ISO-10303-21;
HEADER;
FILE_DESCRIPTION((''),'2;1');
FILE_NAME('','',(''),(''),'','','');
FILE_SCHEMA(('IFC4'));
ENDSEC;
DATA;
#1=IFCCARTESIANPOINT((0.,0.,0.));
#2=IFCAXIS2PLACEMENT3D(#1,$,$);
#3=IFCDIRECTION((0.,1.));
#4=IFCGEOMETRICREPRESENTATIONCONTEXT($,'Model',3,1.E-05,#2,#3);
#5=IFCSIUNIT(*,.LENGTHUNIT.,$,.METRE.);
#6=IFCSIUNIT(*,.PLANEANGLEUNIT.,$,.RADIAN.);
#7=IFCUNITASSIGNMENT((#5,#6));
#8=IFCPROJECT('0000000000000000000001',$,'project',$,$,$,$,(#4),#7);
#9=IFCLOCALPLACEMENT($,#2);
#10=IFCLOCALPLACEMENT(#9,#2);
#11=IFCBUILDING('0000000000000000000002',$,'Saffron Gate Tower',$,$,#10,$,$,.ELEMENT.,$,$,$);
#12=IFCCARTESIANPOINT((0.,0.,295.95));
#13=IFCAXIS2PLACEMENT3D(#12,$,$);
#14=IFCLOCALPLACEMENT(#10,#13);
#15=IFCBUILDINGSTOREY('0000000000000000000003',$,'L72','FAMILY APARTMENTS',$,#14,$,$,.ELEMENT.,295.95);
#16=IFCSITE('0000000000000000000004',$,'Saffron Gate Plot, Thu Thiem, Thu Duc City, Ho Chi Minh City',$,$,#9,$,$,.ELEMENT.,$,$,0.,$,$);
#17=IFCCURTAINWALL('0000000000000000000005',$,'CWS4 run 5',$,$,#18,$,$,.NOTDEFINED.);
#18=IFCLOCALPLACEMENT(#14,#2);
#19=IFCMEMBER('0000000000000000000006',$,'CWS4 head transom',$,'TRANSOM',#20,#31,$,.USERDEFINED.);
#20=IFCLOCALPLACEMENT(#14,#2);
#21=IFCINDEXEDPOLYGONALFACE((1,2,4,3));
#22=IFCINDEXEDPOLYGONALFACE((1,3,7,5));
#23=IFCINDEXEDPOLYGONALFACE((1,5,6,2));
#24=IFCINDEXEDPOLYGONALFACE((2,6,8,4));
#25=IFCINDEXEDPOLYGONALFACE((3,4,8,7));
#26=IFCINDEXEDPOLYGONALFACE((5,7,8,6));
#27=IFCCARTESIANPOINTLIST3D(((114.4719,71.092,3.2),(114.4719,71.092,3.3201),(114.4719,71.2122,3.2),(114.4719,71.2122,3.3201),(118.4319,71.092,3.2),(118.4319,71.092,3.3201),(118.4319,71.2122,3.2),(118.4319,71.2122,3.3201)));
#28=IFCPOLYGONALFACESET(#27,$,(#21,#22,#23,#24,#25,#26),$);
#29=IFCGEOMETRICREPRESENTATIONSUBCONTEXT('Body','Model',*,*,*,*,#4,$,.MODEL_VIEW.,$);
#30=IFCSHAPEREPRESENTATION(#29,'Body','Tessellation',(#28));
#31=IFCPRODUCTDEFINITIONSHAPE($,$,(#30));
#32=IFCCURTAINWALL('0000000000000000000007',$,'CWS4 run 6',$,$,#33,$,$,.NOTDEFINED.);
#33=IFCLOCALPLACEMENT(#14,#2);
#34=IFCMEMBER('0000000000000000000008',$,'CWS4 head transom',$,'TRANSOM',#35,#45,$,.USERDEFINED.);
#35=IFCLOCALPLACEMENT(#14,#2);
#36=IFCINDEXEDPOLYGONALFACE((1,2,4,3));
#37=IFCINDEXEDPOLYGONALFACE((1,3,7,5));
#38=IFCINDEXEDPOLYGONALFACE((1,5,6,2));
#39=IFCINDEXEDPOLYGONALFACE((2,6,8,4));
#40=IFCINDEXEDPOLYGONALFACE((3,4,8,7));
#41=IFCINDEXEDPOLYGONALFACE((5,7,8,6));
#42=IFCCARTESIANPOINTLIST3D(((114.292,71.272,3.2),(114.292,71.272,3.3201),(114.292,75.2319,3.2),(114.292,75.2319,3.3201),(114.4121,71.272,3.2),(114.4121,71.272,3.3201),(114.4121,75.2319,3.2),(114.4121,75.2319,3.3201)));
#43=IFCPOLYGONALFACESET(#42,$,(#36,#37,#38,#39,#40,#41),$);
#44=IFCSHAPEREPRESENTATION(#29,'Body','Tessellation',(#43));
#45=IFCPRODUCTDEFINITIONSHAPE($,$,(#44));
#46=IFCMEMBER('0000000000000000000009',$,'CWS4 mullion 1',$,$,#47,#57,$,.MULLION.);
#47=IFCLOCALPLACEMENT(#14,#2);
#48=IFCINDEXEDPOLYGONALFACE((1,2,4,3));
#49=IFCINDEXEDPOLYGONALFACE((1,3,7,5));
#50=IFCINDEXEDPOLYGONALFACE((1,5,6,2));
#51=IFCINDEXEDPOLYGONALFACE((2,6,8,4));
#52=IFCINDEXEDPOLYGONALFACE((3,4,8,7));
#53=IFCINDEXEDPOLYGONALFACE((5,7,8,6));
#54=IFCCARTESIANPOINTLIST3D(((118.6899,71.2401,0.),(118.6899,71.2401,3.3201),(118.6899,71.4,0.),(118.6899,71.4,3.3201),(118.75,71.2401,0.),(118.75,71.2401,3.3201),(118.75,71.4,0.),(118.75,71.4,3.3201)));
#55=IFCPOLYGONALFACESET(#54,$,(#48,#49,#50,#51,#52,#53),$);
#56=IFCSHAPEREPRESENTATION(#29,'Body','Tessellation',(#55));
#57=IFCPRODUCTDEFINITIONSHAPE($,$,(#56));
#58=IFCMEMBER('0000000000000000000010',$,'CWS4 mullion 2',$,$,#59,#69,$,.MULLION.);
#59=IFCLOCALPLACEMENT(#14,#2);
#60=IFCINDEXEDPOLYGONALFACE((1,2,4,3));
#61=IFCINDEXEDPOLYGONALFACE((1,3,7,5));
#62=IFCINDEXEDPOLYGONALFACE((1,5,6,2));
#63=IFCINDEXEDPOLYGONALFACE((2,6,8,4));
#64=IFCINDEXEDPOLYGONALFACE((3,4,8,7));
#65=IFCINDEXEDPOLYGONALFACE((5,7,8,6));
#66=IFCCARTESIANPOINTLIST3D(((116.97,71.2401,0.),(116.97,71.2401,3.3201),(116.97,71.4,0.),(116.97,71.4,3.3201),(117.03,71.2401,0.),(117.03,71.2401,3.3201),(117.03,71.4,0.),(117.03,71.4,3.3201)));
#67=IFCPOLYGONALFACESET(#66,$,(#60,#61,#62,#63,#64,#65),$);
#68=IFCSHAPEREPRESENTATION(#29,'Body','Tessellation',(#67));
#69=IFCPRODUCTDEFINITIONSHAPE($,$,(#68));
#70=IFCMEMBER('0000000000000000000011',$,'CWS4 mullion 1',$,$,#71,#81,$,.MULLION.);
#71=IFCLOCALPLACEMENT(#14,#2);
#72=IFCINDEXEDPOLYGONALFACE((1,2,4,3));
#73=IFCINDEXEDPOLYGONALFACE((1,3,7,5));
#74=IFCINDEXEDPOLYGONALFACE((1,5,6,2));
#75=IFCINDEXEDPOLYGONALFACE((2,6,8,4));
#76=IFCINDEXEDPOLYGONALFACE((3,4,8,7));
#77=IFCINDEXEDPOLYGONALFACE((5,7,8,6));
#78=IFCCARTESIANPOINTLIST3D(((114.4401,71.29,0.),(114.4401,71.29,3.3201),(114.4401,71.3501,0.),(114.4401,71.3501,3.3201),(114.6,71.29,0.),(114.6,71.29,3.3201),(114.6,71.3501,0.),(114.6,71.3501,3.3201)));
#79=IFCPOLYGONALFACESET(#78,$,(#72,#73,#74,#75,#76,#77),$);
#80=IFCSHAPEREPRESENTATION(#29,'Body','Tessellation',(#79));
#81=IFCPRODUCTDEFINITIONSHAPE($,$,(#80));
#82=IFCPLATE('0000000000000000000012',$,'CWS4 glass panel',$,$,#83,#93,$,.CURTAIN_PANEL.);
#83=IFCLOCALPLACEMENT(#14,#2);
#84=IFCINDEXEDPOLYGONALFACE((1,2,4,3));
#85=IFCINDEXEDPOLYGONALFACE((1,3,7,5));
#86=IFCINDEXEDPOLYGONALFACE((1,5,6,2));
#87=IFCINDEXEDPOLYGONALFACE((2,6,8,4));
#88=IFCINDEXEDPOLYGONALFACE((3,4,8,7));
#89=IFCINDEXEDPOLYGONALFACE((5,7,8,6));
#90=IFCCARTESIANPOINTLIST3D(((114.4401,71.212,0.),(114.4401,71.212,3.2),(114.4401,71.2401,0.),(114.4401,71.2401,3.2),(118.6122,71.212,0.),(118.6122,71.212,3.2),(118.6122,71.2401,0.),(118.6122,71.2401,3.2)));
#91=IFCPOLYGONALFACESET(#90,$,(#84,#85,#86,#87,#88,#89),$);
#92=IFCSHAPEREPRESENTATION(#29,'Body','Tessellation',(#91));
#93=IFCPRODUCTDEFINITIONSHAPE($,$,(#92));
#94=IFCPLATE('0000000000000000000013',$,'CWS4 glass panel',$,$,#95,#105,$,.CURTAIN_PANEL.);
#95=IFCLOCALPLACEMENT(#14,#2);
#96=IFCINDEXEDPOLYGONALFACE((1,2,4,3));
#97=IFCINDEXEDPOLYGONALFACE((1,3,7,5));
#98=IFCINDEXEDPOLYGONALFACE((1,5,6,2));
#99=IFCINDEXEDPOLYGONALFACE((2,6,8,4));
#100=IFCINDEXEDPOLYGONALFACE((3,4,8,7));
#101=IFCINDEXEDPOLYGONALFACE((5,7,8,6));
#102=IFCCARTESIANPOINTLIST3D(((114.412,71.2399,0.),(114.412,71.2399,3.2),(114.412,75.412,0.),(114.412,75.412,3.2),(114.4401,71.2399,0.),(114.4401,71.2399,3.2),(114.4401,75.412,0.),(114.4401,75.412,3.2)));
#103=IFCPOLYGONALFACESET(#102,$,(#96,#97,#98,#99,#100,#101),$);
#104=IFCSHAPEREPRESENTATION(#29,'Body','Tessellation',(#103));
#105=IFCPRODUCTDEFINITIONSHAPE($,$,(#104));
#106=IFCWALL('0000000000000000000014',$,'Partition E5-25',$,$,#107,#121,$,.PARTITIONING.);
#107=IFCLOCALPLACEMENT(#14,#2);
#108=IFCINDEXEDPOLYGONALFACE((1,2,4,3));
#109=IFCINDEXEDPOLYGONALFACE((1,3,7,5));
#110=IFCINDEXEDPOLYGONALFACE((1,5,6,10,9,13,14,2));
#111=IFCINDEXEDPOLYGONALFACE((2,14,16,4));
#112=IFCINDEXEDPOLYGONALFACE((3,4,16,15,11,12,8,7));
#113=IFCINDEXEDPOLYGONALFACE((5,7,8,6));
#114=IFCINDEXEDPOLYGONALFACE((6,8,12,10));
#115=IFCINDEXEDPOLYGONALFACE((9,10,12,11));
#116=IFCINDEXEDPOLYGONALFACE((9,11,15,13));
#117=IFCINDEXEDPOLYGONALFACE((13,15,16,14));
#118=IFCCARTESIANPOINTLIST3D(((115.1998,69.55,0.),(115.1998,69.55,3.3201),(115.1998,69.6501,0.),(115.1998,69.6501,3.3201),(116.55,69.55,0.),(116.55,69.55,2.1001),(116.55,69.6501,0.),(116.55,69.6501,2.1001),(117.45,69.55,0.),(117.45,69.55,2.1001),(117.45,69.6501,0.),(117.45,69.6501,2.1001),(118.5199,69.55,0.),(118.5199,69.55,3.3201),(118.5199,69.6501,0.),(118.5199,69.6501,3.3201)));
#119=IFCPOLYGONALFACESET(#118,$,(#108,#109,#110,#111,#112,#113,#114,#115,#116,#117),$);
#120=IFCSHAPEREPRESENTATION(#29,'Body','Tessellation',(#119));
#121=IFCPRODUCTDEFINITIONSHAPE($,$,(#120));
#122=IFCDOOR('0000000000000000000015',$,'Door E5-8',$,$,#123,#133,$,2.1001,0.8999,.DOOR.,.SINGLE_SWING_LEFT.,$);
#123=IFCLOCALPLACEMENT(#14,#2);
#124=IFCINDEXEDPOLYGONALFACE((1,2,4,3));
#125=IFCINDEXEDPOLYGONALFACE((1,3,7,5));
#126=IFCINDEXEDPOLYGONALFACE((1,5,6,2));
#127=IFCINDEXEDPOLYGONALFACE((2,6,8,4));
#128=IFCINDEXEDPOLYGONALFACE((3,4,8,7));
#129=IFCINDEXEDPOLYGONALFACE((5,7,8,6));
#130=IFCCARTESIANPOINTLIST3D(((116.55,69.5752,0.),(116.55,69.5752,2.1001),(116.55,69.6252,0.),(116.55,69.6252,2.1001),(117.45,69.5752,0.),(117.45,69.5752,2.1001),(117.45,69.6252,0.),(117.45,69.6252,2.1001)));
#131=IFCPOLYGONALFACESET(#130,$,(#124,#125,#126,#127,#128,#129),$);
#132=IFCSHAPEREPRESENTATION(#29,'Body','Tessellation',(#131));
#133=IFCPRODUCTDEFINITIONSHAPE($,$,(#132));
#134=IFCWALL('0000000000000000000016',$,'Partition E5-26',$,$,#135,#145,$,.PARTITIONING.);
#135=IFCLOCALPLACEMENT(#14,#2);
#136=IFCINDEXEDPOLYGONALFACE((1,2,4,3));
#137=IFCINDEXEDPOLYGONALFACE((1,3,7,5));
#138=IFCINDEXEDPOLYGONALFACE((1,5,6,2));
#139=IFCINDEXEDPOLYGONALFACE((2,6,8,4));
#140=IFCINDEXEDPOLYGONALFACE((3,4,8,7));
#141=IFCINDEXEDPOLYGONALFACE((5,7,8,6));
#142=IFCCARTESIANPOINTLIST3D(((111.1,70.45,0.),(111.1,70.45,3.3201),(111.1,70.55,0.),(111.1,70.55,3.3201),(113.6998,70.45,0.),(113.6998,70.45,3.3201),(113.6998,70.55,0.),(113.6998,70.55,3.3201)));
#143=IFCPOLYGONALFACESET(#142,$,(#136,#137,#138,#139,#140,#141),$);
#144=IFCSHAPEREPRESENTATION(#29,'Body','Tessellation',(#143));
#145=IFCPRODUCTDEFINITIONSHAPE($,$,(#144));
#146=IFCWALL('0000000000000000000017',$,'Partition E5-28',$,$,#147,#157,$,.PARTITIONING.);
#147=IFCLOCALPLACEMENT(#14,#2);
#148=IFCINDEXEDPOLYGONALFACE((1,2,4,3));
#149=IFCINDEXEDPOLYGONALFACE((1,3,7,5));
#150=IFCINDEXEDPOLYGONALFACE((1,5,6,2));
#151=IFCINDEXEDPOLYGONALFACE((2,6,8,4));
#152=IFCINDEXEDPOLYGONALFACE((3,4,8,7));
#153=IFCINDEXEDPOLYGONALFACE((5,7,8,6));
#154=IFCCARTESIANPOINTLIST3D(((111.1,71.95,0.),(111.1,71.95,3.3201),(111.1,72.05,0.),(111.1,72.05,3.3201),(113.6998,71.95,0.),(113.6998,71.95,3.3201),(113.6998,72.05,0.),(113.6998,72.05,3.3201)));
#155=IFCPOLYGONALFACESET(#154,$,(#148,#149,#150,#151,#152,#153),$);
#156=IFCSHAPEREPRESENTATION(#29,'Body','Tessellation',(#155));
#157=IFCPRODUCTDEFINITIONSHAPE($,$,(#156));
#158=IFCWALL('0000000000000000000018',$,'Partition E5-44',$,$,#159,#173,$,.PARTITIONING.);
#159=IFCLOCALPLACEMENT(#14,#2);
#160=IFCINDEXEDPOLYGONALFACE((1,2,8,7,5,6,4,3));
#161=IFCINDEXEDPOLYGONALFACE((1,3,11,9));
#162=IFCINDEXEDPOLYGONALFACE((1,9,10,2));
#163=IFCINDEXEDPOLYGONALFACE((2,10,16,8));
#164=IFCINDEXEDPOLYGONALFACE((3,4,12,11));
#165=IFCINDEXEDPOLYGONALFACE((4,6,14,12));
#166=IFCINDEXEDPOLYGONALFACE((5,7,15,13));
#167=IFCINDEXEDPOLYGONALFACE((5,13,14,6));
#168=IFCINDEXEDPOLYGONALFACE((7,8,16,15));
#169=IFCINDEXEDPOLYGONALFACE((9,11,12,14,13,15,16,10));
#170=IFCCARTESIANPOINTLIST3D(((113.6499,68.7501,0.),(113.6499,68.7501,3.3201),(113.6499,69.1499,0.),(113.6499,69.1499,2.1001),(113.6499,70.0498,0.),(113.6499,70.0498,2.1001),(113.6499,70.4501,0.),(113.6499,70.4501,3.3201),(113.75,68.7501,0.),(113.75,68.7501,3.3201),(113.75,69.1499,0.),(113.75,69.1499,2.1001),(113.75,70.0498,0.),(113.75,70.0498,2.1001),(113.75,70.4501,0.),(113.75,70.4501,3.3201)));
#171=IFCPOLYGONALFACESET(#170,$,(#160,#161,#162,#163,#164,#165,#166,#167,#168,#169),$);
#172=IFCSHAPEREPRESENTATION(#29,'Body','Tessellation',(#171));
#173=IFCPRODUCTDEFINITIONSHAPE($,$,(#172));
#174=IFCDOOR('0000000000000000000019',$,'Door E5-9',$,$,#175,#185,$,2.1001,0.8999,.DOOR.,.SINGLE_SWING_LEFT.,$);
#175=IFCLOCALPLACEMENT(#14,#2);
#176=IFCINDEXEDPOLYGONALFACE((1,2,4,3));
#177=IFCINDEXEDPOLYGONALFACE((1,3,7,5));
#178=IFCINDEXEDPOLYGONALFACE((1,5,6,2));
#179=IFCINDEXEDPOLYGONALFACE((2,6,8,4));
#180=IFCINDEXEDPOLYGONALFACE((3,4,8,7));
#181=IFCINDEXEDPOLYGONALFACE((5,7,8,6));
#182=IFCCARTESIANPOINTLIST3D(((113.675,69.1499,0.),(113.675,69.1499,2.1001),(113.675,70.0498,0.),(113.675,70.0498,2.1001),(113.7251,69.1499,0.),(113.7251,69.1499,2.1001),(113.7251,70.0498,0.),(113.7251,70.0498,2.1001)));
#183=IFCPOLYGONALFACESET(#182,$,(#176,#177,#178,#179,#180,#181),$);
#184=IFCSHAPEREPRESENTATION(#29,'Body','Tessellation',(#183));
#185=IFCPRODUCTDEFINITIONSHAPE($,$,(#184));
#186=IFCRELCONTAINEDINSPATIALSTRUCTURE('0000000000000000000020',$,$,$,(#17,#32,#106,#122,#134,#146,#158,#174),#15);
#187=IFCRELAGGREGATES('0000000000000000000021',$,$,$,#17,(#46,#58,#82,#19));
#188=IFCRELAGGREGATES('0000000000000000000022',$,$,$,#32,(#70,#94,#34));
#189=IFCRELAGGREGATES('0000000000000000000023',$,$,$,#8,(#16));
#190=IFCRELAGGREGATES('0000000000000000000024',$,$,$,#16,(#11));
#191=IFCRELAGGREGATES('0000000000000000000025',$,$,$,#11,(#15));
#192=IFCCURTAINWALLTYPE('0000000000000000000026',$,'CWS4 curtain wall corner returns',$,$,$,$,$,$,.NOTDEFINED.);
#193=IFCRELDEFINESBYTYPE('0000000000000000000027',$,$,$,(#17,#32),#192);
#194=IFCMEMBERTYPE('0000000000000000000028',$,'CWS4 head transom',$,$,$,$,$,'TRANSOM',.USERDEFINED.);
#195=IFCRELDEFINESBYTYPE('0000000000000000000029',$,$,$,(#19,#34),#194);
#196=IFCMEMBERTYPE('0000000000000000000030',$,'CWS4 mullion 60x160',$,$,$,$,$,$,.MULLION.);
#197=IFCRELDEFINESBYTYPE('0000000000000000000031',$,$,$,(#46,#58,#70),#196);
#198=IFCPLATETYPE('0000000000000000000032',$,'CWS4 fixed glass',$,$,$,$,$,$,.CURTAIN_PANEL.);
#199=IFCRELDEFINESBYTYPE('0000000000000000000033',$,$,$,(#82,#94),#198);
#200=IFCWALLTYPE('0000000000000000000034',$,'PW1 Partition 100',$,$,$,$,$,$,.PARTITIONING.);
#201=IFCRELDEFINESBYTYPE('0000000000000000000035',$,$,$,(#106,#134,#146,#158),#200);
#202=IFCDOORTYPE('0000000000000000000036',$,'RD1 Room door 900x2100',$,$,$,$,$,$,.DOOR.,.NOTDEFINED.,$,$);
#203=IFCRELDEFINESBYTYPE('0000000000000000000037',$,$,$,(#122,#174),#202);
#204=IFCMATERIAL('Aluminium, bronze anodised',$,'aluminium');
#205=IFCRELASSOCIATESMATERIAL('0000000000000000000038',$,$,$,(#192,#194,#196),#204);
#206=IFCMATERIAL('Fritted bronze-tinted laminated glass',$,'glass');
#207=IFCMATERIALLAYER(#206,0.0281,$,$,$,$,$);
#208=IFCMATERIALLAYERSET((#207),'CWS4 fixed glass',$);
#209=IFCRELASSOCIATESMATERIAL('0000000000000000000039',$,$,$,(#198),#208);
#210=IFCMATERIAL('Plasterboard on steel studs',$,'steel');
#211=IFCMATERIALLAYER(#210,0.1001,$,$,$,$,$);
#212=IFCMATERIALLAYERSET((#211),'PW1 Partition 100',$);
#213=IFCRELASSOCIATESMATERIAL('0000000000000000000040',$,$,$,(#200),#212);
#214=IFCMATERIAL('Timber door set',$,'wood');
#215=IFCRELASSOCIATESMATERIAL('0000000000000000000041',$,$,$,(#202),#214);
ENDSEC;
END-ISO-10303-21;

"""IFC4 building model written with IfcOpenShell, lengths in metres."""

from ifc_helpers import new_model, si_unit, direction, frame, frame_2d, origin, origin_2d, place, context, subcontext, project, spatial, rectangle, extrude, material, layer, layer_set, material_profile, profile_set, type_object, element, fill, aggregate, save


model = new_model("IFC4")

# Units and contexts
model_context = context("Model", 3, precision=1e-05, world=origin(), true_north=direction((0.0, 1.0)))
body_context = subcontext(model_context, "Body", "Model", "MODEL_VIEW")
ifc_project = project(units=[si_unit("LENGTHUNIT", "METRE"), si_unit("PLANEANGLEUNIT", "RADIAN")], contexts=[model_context])

# Site, building, storey
site_placement = place(None, origin())
site = spatial("IfcSite", under=ifc_project, at=site_placement, Name="Saffron Gate Plot, Thu Thiem, Thu Duc City, Ho Chi Minh City", CompositionType="ELEMENT", RefElevation=0.0)
building_placement = place(site_placement, origin())
building = spatial("IfcBuilding", under=site, at=building_placement, Name="Saffron Gate Tower", CompositionType="ELEMENT")
storey_placement = place(building_placement, frame((0.0, 0.0, 295.95)))
storey = spatial("IfcBuildingStorey", under=building, at=storey_placement, Name="L72", Description="FAMILY APARTMENTS", CompositionType="ELEMENT", Elevation=295.95)

# Curtain walls, members
ifc_material_1 = material(Name="Aluminium, bronze anodised", Category="aluminium")
curtain_wall_type = type_object("IfcCurtainWallType", Name="CWS4 curtain wall corner returns", PredefinedType="NOTDEFINED", material=ifc_material_1)
curtain_wall_1_placement = place(storey_placement, origin())
curtain_wall_1 = element("IfcCurtainWall", 1, at=curtain_wall_1_placement, inside=storey, type_object=curtain_wall_type, Name="CWS4 run 5", PredefinedType="NOTDEFINED")
ifc_material_profile_1 = material_profile(ifc_material_1, rectangle(XDim=0.1201, YDim=0.1201, at=origin_2d()))
ifc_profile_set_1 = profile_set([ifc_material_profile_1], Name="Aluminium, bronze anodised")
member_type_1 = type_object("IfcMemberType", Name="CWS4 head transom", ElementType="TRANSOM", PredefinedType="USERDEFINED", material=ifc_profile_set_1)
member_1_placement = place(storey_placement, frame((118.4319, 71.1521, 3.26), z_axis=(-1.0, 0.0, 0.0), x_axis=(0.0, -1.0, 0.0)))
member_1 = element("IfcMember", 2, at=member_1_placement, type_object=member_type_1, Name="CWS4 head transom", ObjectType="TRANSOM", PredefinedType="USERDEFINED", context=body_context, shape_type="SweptSolid", body=[
    extrude(rectangle(XDim=0.1201, YDim=0.1201, at=origin_2d()), origin(), (0.0, 0.0, 1.0), 3.96),
])
curtain_wall_2_placement = place(storey_placement, origin())
curtain_wall_2 = element("IfcCurtainWall", 3, at=curtain_wall_2_placement, inside=storey, type_object=curtain_wall_type, Name="CWS4 run 6", PredefinedType="NOTDEFINED")
member_2_placement = place(storey_placement, frame((114.3521, 71.272, 3.26), z_axis=(0.0, 1.0, 0.0), x_axis=(-1.0, 0.0, 0.0)))
member_2 = element("IfcMember", 4, at=member_2_placement, type_object=member_type_1, Name="CWS4 head transom", ObjectType="TRANSOM", PredefinedType="USERDEFINED", context=body_context, shape_type="SweptSolid", body=[
    extrude(rectangle(XDim=0.1201, YDim=0.1201, at=origin_2d()), origin(), (0.0, 0.0, 1.0), 3.96),
])

# Members
ifc_material_profile_2 = material_profile(ifc_material_1, rectangle(XDim=0.1599, YDim=0.0601, at=origin_2d()))
ifc_profile_set_2 = profile_set([ifc_material_profile_2], Name="Aluminium, bronze anodised")
member_type_2 = type_object("IfcMemberType", Name="CWS4 mullion 60x160", PredefinedType="MULLION", material=ifc_profile_set_2)
member_3_placement = place(storey_placement, frame((118.72, 71.3201, 0.0), z_axis=(0.0, 0.0, 1.0), x_axis=(0.0, -1.0, 0.0)))
member_3 = element("IfcMember", 5, at=member_3_placement, type_object=member_type_2, Name="CWS4 mullion 1", PredefinedType="MULLION", context=body_context, shape_type="SweptSolid", body=[
    extrude(rectangle(XDim=0.1599, YDim=0.0601, at=origin_2d()), origin(), (0.0, 0.0, 1.0), 3.3201),
])
member_4_placement = place(storey_placement, frame((117.0, 71.3201, 0.0), z_axis=(0.0, 0.0, 1.0), x_axis=(0.0, -1.0, 0.0)))
member_4 = element("IfcMember", 6, at=member_4_placement, type_object=member_type_2, Name="CWS4 mullion 2", PredefinedType="MULLION", context=body_context, shape_type="SweptSolid", body=[
    extrude(rectangle(XDim=0.1599, YDim=0.0601, at=origin_2d()), origin(), (0.0, 0.0, 1.0), 3.3201),
])
member_5_placement = place(storey_placement, frame((114.52, 71.3201, 0.0), z_axis=(0.0, 0.0, 1.0), x_axis=(-1.0, 0.0, 0.0)))
member_5 = element("IfcMember", 7, at=member_5_placement, type_object=member_type_2, Name="CWS4 mullion 1", PredefinedType="MULLION", context=body_context, shape_type="SweptSolid", body=[
    extrude(rectangle(XDim=0.1599, YDim=0.0601, at=origin_2d()), origin(), (0.0, 0.0, 1.0), 3.3201),
])

# Plates
ifc_material_2 = material(Name="Fritted bronze-tinted laminated glass", Category="glass")
ifc_layer_1 = layer(ifc_material_2, 0.0281)
ifc_layer_set_1 = layer_set([ifc_layer_1], Name="CWS4 fixed glass")
plate_type = type_object("IfcPlateType", Name="CWS4 fixed glass", PredefinedType="CURTAIN_PANEL", material=ifc_layer_set_1)
plate_1_placement = place(storey_placement, frame((118.6121, 71.2261, 0.0), z_axis=(0.0, 0.0, 1.0), x_axis=(-1.0, 0.0, 0.0)))
plate_1 = element("IfcPlate", 8, at=plate_1_placement, type_object=plate_type, Name="CWS4 glass panel", PredefinedType="CURTAIN_PANEL", context=body_context, shape_type="SweptSolid", body=[
    extrude(rectangle(XDim=4.1721, YDim=0.0281, at=frame_2d((2.0859, 0.0))), origin(), (0.0, 0.0, 1.0), 3.2),
])
aggregate(curtain_wall_1, [member_3, member_4, plate_1, member_1])
plate_2_placement = place(storey_placement, frame((114.426, 71.24, 0.0), z_axis=(0.0, 0.0, 1.0), x_axis=(0.0, 1.0, 0.0)))
plate_2 = element("IfcPlate", 9, at=plate_2_placement, type_object=plate_type, Name="CWS4 glass panel", PredefinedType="CURTAIN_PANEL", context=body_context, shape_type="SweptSolid", body=[
    extrude(rectangle(XDim=4.1721, YDim=0.0281, at=frame_2d((2.0859, 0.0))), origin(), (0.0, 0.0, 1.0), 3.2),
])
aggregate(curtain_wall_2, [member_5, plate_2, member_2])

# Wall, opening, door
ifc_material_3 = material(Name="Plasterboard on steel studs", Category="steel")
ifc_layer_2 = layer(ifc_material_3, 0.1001)
ifc_layer_set_2 = layer_set([ifc_layer_2], Name="PW1 Partition 100")
wall_type = type_object("IfcWallType", Name="PW1 Partition 100", PredefinedType="PARTITIONING", material=ifc_layer_set_2)
wall_1_placement = place(storey_placement, frame((118.52, 69.6001, 0.0), z_axis=(0.0, 0.0, 1.0), x_axis=(-1.0, 0.0, 0.0)))
wall_1 = element("IfcWall", 10, at=wall_1_placement, inside=storey, type_object=wall_type, Name="Partition E5-25", PredefinedType="PARTITIONING", context=body_context, shape_type="SweptSolid", body=[
    extrude(rectangle(XDim=3.3201, YDim=0.1001, at=frame_2d((1.6602, 0.0))), origin(), (0.0, 0.0, 1.0), 3.3201),
])
opening_1_placement = place(wall_1_placement, frame((1.0701, 0.0, 0.0)))
opening_1 = element("IfcOpeningElement", 11, at=opening_1_placement, cuts=wall_1, PredefinedType="OPENING", context=body_context, shape_type="SweptSolid", body=[
    extrude(rectangle(XDim=0.8999, YDim=2.1001, at=frame_2d((0.45, 1.05))), frame((0.0, 0.0601, 0.0), z_axis=(0.0, -1.0, 0.0), x_axis=(1.0, 0.0, 0.0)), (0.0, 0.0, 1.0), 0.1201),
])
ifc_material_4 = material(Name="Timber door set", Category="wood")
door_type_1 = type_object("IfcDoorType", Name="RD1 Room door 900x2100", OperationType="NOTDEFINED", PredefinedType="DOOR", material=ifc_material_4)
door_1_placement = place(opening_1_placement, origin())
door_1 = element("IfcDoor", 12, at=door_1_placement, inside=storey, type_object=door_type_1, Name="Door E5-8", OperationType="SINGLE_SWING_LEFT", OverallHeight=2.1001, OverallWidth=0.8999, PredefinedType="DOOR", context=body_context, shape_type="SweptSolid", body=[
    extrude(rectangle(XDim=0.8999, YDim=2.1001, at=frame_2d((0.45, 1.05))), frame((0.0, 0.0249, 0.0), z_axis=(0.0, -1.0, 0.0), x_axis=(1.0, 0.0, 0.0)), (0.0, 0.0, 1.0), 0.05),
])
fill(opening_1, door_1)

# Walls
for number, where, z_axis, x_axis, name in (
    (13, (111.1001, 70.5, 0.0), (0.0, 0.0, 1.0), (1.0, 0.0, 0.0), "Partition E5-26"),
    (14, (111.1001, 72.0, 0.0), (0.0, 0.0, 1.0), (1.0, 0.0, 0.0), "Partition E5-28"),
):
    element("IfcWall", number, at=place(storey_placement, frame(where, z_axis=z_axis, x_axis=x_axis)), inside=storey, type_object=wall_type, Name=name, PredefinedType="PARTITIONING", context=body_context, shape_type="SweptSolid", body=[
        extrude(rectangle(XDim=2.5999, YDim=0.1001, at=frame_2d((1.2998, 0.0))), origin(), (0.0, 0.0, 1.0), 3.3201),
    ])

# Wall, opening, door
wall_2_placement = place(storey_placement, frame((113.7, 68.75, 0.0), z_axis=(0.0, 0.0, 1.0), x_axis=(0.0, 1.0, 0.0)))
wall_2 = element("IfcWall", 15, at=wall_2_placement, inside=storey, type_object=wall_type, Name="Partition E5-44", PredefinedType="PARTITIONING", context=body_context, shape_type="SweptSolid", body=[
    extrude(rectangle(XDim=1.7, YDim=0.1001, at=frame_2d((0.8501, 0.0))), origin(), (0.0, 0.0, 1.0), 3.3201),
])
opening_2_placement = place(wall_2_placement, frame((0.3999, 0.0, 0.0)))
opening_2 = element("IfcOpeningElement", 16, at=opening_2_placement, cuts=wall_2, PredefinedType="OPENING", context=body_context, shape_type="SweptSolid", body=[
    extrude(rectangle(XDim=0.8999, YDim=2.1001, at=frame_2d((0.45, 1.05))), frame((0.0, 0.0601, 0.0), z_axis=(0.0, -1.0, 0.0), x_axis=(1.0, 0.0, 0.0)), (0.0, 0.0, 1.0), 0.1201),
])
door_2_placement = place(opening_2_placement, origin())
door_2 = element("IfcDoor", 17, at=door_2_placement, inside=storey, type_object=door_type_1, Name="Door E5-9", OperationType="SINGLE_SWING_LEFT", OverallHeight=2.1001, OverallWidth=0.8999, PredefinedType="DOOR", context=body_context, shape_type="SweptSolid", body=[
    extrude(rectangle(XDim=0.8999, YDim=2.1001, at=frame_2d((0.45, 1.05))), frame((0.0, 0.0249, 0.0), z_axis=(0.0, -1.0, 0.0), x_axis=(1.0, 0.0, 0.0)), (0.0, 0.0, 1.0), 0.05),
])
fill(opening_2, door_2)

save(model, "model.ifc")
